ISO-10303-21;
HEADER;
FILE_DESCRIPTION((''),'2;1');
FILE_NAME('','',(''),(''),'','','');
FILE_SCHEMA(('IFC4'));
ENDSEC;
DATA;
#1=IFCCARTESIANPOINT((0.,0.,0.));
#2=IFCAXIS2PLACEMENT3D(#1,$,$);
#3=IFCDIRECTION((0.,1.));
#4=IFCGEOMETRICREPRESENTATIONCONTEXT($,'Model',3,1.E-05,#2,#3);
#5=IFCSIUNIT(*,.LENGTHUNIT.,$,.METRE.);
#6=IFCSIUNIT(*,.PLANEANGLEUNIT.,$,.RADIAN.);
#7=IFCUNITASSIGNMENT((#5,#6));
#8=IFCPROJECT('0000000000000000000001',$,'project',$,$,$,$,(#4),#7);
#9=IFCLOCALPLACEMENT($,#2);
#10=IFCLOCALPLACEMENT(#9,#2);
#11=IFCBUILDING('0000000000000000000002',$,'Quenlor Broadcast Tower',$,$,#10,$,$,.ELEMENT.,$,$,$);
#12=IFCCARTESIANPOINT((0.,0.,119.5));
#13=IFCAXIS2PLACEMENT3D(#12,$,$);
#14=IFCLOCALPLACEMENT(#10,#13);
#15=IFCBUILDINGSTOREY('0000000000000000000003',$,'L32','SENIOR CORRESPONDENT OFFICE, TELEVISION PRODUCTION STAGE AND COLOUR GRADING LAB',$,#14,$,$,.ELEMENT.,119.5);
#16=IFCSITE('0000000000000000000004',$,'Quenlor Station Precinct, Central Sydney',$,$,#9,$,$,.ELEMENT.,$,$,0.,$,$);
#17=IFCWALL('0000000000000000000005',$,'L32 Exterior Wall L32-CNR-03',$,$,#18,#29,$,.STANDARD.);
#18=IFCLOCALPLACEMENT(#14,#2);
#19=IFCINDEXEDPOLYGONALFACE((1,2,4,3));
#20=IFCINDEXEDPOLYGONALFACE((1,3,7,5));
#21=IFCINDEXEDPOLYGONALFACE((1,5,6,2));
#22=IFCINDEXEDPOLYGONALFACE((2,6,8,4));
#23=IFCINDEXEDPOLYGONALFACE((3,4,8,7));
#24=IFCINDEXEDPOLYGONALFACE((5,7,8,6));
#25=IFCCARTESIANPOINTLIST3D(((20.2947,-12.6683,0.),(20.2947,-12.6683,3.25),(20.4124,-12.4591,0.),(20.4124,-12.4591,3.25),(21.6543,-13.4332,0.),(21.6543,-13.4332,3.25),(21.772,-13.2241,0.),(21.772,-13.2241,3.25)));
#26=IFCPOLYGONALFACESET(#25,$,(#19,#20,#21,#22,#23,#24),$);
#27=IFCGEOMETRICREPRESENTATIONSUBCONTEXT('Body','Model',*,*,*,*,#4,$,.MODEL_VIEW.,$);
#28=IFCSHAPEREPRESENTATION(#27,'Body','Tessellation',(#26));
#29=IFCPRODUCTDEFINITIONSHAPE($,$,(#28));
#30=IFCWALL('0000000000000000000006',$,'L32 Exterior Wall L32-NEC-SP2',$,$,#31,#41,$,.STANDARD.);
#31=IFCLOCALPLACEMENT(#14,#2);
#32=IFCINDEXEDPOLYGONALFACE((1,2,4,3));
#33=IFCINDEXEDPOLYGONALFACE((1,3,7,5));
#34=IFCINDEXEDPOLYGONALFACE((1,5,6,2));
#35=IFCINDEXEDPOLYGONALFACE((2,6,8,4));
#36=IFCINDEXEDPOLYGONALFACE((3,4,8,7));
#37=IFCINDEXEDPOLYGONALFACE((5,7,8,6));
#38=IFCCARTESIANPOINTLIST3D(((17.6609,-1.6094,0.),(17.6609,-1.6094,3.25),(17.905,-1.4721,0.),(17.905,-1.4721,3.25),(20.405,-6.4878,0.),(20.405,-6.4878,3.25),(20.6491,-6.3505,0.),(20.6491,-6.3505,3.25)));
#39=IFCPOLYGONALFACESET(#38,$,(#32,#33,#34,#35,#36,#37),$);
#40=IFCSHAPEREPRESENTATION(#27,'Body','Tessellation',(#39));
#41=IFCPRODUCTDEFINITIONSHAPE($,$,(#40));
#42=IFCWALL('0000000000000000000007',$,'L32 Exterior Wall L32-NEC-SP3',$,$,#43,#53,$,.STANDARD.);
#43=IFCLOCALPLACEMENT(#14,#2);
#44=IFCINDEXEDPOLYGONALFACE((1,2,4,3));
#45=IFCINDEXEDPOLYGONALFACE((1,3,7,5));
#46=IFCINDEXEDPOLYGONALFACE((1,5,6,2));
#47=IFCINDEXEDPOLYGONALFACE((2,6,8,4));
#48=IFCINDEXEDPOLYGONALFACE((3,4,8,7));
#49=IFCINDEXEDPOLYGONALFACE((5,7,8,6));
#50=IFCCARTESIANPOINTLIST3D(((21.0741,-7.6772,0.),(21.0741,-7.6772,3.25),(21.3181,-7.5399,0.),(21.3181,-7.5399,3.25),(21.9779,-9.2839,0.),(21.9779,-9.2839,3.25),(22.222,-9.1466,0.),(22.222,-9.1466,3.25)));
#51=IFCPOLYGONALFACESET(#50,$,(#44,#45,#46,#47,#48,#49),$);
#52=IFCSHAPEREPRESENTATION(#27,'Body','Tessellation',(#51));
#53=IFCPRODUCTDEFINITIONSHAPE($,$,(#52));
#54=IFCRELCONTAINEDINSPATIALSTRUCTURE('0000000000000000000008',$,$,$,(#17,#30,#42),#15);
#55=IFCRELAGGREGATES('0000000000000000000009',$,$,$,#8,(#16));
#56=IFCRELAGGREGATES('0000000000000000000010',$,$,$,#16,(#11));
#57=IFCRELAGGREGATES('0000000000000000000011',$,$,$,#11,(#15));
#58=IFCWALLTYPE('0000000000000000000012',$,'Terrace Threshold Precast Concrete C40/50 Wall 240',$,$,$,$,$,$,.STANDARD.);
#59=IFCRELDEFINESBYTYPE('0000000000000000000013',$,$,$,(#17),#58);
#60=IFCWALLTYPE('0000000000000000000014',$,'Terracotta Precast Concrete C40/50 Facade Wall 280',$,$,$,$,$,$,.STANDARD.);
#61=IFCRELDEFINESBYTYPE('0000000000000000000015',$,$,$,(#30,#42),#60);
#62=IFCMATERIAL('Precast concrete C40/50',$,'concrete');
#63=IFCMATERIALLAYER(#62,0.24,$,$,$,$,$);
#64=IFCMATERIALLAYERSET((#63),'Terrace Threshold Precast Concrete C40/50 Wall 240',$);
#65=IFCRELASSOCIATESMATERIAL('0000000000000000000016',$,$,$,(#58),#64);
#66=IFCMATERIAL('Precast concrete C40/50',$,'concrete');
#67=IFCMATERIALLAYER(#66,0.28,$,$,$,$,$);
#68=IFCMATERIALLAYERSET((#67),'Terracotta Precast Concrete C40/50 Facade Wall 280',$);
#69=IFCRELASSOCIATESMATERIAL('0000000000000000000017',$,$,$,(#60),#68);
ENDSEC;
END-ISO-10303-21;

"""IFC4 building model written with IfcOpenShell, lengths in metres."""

from ifc_helpers import new_model, si_unit, direction, frame, frame_2d, origin, place, context, subcontext, project, spatial, rectangle, extrude, material, layer, layer_set, type_object, element, save


model = new_model("IFC4")

# Units and contexts
model_context = context("Model", 3, precision=1e-05, world=origin(), true_north=direction((0.0, 1.0)))
body_context = subcontext(model_context, "Body", "Model", "MODEL_VIEW")
ifc_project = project(units=[si_unit("LENGTHUNIT", "METRE"), si_unit("PLANEANGLEUNIT", "RADIAN")], contexts=[model_context])

# Site, building, storey
site_placement = place(None, origin())
site = spatial("IfcSite", under=ifc_project, at=site_placement, Name="Quenlor Station Precinct, Central Sydney", CompositionType="ELEMENT", RefElevation=0.0)
building_placement = place(site_placement, origin())
building = spatial("IfcBuilding", under=site, at=building_placement, Name="Quenlor Broadcast Tower", CompositionType="ELEMENT")
storey_placement = place(building_placement, frame((0.0, 0.0, 119.5)))
storey = spatial("IfcBuildingStorey", under=building, at=storey_placement, Name="L32", Description="SENIOR CORRESPONDENT OFFICE, TELEVISION PRODUCTION STAGE AND COLOUR GRADING LAB", CompositionType="ELEMENT", Elevation=119.5)

# Walls
ifc_material_1 = material(Name="Precast concrete C40/50", Category="concrete")
ifc_layer_1 = layer(ifc_material_1, 0.24)
ifc_layer_set_1 = layer_set([ifc_layer_1], Name="Terrace Threshold Precast Concrete C40/50 Wall 240")
wall_type_1 = type_object("IfcWallType", Name="Terrace Threshold Precast Concrete C40/50 Wall 240", PredefinedType="STANDARD", material=ifc_layer_set_1)
wall_1_placement = place(storey_placement, frame((20.3535, -12.5637, 0.0), z_axis=(0.0, 0.0, 1.0), x_axis=(0.871546, -0.490313, 0.0)))
element("IfcWall", 1, at=wall_1_placement, inside=storey, type_object=wall_type_1, Name="L32 Exterior Wall L32-CNR-03", PredefinedType="STANDARD", context=body_context, shape_type="SweptSolid", body=[
    extrude(rectangle(XDim=1.5601, YDim=0.24, at=frame_2d((0.78, 0.0))), origin(), (0.0, 0.0, 1.0), 3.25),
])
ifc_material_2 = material(Name="Precast concrete C40/50", Category="concrete")
ifc_layer_2 = layer(ifc_material_2, 0.28)
ifc_layer_set_2 = layer_set([ifc_layer_2], Name="Terracotta Precast Concrete C40/50 Facade Wall 280")
wall_type_2 = type_object("IfcWallType", Name="Terracotta Precast Concrete C40/50 Facade Wall 280", PredefinedType="STANDARD", material=ifc_layer_set_2)
wall_2_placement = place(storey_placement, frame((17.783, -1.5408, 0.0), z_axis=(0.0, 0.0, 1.0), x_axis=(0.490265, -0.871573, 0.0)))
element("IfcWall", 2, at=wall_2_placement, inside=storey, type_object=wall_type_2, Name="L32 Exterior Wall L32-NEC-SP2", PredefinedType="STANDARD", context=body_context, shape_type="SweptSolid", body=[
    extrude(rectangle(XDim=5.5972, YDim=0.28, at=frame_2d((2.7986, 0.0))), origin(), (0.0, 0.0, 1.0), 3.25),
])
wall_3_placement = place(storey_placement, frame((21.196, -7.6084, 0.0), z_axis=(0.0, 0.0, 1.0), x_axis=(0.49028, -0.871565, 0.0)))
element("IfcWall", 3, at=wall_3_placement, inside=storey, type_object=wall_type_2, Name="L32 Exterior Wall L32-NEC-SP3", PredefinedType="STANDARD", context=body_context, shape_type="SweptSolid", body=[
    extrude(rectangle(XDim=1.8435, YDim=0.28, at=frame_2d((0.9219, 0.0))), origin(), (0.0, 0.0, 1.0), 3.25),
])

save(model, "model.ifc")
